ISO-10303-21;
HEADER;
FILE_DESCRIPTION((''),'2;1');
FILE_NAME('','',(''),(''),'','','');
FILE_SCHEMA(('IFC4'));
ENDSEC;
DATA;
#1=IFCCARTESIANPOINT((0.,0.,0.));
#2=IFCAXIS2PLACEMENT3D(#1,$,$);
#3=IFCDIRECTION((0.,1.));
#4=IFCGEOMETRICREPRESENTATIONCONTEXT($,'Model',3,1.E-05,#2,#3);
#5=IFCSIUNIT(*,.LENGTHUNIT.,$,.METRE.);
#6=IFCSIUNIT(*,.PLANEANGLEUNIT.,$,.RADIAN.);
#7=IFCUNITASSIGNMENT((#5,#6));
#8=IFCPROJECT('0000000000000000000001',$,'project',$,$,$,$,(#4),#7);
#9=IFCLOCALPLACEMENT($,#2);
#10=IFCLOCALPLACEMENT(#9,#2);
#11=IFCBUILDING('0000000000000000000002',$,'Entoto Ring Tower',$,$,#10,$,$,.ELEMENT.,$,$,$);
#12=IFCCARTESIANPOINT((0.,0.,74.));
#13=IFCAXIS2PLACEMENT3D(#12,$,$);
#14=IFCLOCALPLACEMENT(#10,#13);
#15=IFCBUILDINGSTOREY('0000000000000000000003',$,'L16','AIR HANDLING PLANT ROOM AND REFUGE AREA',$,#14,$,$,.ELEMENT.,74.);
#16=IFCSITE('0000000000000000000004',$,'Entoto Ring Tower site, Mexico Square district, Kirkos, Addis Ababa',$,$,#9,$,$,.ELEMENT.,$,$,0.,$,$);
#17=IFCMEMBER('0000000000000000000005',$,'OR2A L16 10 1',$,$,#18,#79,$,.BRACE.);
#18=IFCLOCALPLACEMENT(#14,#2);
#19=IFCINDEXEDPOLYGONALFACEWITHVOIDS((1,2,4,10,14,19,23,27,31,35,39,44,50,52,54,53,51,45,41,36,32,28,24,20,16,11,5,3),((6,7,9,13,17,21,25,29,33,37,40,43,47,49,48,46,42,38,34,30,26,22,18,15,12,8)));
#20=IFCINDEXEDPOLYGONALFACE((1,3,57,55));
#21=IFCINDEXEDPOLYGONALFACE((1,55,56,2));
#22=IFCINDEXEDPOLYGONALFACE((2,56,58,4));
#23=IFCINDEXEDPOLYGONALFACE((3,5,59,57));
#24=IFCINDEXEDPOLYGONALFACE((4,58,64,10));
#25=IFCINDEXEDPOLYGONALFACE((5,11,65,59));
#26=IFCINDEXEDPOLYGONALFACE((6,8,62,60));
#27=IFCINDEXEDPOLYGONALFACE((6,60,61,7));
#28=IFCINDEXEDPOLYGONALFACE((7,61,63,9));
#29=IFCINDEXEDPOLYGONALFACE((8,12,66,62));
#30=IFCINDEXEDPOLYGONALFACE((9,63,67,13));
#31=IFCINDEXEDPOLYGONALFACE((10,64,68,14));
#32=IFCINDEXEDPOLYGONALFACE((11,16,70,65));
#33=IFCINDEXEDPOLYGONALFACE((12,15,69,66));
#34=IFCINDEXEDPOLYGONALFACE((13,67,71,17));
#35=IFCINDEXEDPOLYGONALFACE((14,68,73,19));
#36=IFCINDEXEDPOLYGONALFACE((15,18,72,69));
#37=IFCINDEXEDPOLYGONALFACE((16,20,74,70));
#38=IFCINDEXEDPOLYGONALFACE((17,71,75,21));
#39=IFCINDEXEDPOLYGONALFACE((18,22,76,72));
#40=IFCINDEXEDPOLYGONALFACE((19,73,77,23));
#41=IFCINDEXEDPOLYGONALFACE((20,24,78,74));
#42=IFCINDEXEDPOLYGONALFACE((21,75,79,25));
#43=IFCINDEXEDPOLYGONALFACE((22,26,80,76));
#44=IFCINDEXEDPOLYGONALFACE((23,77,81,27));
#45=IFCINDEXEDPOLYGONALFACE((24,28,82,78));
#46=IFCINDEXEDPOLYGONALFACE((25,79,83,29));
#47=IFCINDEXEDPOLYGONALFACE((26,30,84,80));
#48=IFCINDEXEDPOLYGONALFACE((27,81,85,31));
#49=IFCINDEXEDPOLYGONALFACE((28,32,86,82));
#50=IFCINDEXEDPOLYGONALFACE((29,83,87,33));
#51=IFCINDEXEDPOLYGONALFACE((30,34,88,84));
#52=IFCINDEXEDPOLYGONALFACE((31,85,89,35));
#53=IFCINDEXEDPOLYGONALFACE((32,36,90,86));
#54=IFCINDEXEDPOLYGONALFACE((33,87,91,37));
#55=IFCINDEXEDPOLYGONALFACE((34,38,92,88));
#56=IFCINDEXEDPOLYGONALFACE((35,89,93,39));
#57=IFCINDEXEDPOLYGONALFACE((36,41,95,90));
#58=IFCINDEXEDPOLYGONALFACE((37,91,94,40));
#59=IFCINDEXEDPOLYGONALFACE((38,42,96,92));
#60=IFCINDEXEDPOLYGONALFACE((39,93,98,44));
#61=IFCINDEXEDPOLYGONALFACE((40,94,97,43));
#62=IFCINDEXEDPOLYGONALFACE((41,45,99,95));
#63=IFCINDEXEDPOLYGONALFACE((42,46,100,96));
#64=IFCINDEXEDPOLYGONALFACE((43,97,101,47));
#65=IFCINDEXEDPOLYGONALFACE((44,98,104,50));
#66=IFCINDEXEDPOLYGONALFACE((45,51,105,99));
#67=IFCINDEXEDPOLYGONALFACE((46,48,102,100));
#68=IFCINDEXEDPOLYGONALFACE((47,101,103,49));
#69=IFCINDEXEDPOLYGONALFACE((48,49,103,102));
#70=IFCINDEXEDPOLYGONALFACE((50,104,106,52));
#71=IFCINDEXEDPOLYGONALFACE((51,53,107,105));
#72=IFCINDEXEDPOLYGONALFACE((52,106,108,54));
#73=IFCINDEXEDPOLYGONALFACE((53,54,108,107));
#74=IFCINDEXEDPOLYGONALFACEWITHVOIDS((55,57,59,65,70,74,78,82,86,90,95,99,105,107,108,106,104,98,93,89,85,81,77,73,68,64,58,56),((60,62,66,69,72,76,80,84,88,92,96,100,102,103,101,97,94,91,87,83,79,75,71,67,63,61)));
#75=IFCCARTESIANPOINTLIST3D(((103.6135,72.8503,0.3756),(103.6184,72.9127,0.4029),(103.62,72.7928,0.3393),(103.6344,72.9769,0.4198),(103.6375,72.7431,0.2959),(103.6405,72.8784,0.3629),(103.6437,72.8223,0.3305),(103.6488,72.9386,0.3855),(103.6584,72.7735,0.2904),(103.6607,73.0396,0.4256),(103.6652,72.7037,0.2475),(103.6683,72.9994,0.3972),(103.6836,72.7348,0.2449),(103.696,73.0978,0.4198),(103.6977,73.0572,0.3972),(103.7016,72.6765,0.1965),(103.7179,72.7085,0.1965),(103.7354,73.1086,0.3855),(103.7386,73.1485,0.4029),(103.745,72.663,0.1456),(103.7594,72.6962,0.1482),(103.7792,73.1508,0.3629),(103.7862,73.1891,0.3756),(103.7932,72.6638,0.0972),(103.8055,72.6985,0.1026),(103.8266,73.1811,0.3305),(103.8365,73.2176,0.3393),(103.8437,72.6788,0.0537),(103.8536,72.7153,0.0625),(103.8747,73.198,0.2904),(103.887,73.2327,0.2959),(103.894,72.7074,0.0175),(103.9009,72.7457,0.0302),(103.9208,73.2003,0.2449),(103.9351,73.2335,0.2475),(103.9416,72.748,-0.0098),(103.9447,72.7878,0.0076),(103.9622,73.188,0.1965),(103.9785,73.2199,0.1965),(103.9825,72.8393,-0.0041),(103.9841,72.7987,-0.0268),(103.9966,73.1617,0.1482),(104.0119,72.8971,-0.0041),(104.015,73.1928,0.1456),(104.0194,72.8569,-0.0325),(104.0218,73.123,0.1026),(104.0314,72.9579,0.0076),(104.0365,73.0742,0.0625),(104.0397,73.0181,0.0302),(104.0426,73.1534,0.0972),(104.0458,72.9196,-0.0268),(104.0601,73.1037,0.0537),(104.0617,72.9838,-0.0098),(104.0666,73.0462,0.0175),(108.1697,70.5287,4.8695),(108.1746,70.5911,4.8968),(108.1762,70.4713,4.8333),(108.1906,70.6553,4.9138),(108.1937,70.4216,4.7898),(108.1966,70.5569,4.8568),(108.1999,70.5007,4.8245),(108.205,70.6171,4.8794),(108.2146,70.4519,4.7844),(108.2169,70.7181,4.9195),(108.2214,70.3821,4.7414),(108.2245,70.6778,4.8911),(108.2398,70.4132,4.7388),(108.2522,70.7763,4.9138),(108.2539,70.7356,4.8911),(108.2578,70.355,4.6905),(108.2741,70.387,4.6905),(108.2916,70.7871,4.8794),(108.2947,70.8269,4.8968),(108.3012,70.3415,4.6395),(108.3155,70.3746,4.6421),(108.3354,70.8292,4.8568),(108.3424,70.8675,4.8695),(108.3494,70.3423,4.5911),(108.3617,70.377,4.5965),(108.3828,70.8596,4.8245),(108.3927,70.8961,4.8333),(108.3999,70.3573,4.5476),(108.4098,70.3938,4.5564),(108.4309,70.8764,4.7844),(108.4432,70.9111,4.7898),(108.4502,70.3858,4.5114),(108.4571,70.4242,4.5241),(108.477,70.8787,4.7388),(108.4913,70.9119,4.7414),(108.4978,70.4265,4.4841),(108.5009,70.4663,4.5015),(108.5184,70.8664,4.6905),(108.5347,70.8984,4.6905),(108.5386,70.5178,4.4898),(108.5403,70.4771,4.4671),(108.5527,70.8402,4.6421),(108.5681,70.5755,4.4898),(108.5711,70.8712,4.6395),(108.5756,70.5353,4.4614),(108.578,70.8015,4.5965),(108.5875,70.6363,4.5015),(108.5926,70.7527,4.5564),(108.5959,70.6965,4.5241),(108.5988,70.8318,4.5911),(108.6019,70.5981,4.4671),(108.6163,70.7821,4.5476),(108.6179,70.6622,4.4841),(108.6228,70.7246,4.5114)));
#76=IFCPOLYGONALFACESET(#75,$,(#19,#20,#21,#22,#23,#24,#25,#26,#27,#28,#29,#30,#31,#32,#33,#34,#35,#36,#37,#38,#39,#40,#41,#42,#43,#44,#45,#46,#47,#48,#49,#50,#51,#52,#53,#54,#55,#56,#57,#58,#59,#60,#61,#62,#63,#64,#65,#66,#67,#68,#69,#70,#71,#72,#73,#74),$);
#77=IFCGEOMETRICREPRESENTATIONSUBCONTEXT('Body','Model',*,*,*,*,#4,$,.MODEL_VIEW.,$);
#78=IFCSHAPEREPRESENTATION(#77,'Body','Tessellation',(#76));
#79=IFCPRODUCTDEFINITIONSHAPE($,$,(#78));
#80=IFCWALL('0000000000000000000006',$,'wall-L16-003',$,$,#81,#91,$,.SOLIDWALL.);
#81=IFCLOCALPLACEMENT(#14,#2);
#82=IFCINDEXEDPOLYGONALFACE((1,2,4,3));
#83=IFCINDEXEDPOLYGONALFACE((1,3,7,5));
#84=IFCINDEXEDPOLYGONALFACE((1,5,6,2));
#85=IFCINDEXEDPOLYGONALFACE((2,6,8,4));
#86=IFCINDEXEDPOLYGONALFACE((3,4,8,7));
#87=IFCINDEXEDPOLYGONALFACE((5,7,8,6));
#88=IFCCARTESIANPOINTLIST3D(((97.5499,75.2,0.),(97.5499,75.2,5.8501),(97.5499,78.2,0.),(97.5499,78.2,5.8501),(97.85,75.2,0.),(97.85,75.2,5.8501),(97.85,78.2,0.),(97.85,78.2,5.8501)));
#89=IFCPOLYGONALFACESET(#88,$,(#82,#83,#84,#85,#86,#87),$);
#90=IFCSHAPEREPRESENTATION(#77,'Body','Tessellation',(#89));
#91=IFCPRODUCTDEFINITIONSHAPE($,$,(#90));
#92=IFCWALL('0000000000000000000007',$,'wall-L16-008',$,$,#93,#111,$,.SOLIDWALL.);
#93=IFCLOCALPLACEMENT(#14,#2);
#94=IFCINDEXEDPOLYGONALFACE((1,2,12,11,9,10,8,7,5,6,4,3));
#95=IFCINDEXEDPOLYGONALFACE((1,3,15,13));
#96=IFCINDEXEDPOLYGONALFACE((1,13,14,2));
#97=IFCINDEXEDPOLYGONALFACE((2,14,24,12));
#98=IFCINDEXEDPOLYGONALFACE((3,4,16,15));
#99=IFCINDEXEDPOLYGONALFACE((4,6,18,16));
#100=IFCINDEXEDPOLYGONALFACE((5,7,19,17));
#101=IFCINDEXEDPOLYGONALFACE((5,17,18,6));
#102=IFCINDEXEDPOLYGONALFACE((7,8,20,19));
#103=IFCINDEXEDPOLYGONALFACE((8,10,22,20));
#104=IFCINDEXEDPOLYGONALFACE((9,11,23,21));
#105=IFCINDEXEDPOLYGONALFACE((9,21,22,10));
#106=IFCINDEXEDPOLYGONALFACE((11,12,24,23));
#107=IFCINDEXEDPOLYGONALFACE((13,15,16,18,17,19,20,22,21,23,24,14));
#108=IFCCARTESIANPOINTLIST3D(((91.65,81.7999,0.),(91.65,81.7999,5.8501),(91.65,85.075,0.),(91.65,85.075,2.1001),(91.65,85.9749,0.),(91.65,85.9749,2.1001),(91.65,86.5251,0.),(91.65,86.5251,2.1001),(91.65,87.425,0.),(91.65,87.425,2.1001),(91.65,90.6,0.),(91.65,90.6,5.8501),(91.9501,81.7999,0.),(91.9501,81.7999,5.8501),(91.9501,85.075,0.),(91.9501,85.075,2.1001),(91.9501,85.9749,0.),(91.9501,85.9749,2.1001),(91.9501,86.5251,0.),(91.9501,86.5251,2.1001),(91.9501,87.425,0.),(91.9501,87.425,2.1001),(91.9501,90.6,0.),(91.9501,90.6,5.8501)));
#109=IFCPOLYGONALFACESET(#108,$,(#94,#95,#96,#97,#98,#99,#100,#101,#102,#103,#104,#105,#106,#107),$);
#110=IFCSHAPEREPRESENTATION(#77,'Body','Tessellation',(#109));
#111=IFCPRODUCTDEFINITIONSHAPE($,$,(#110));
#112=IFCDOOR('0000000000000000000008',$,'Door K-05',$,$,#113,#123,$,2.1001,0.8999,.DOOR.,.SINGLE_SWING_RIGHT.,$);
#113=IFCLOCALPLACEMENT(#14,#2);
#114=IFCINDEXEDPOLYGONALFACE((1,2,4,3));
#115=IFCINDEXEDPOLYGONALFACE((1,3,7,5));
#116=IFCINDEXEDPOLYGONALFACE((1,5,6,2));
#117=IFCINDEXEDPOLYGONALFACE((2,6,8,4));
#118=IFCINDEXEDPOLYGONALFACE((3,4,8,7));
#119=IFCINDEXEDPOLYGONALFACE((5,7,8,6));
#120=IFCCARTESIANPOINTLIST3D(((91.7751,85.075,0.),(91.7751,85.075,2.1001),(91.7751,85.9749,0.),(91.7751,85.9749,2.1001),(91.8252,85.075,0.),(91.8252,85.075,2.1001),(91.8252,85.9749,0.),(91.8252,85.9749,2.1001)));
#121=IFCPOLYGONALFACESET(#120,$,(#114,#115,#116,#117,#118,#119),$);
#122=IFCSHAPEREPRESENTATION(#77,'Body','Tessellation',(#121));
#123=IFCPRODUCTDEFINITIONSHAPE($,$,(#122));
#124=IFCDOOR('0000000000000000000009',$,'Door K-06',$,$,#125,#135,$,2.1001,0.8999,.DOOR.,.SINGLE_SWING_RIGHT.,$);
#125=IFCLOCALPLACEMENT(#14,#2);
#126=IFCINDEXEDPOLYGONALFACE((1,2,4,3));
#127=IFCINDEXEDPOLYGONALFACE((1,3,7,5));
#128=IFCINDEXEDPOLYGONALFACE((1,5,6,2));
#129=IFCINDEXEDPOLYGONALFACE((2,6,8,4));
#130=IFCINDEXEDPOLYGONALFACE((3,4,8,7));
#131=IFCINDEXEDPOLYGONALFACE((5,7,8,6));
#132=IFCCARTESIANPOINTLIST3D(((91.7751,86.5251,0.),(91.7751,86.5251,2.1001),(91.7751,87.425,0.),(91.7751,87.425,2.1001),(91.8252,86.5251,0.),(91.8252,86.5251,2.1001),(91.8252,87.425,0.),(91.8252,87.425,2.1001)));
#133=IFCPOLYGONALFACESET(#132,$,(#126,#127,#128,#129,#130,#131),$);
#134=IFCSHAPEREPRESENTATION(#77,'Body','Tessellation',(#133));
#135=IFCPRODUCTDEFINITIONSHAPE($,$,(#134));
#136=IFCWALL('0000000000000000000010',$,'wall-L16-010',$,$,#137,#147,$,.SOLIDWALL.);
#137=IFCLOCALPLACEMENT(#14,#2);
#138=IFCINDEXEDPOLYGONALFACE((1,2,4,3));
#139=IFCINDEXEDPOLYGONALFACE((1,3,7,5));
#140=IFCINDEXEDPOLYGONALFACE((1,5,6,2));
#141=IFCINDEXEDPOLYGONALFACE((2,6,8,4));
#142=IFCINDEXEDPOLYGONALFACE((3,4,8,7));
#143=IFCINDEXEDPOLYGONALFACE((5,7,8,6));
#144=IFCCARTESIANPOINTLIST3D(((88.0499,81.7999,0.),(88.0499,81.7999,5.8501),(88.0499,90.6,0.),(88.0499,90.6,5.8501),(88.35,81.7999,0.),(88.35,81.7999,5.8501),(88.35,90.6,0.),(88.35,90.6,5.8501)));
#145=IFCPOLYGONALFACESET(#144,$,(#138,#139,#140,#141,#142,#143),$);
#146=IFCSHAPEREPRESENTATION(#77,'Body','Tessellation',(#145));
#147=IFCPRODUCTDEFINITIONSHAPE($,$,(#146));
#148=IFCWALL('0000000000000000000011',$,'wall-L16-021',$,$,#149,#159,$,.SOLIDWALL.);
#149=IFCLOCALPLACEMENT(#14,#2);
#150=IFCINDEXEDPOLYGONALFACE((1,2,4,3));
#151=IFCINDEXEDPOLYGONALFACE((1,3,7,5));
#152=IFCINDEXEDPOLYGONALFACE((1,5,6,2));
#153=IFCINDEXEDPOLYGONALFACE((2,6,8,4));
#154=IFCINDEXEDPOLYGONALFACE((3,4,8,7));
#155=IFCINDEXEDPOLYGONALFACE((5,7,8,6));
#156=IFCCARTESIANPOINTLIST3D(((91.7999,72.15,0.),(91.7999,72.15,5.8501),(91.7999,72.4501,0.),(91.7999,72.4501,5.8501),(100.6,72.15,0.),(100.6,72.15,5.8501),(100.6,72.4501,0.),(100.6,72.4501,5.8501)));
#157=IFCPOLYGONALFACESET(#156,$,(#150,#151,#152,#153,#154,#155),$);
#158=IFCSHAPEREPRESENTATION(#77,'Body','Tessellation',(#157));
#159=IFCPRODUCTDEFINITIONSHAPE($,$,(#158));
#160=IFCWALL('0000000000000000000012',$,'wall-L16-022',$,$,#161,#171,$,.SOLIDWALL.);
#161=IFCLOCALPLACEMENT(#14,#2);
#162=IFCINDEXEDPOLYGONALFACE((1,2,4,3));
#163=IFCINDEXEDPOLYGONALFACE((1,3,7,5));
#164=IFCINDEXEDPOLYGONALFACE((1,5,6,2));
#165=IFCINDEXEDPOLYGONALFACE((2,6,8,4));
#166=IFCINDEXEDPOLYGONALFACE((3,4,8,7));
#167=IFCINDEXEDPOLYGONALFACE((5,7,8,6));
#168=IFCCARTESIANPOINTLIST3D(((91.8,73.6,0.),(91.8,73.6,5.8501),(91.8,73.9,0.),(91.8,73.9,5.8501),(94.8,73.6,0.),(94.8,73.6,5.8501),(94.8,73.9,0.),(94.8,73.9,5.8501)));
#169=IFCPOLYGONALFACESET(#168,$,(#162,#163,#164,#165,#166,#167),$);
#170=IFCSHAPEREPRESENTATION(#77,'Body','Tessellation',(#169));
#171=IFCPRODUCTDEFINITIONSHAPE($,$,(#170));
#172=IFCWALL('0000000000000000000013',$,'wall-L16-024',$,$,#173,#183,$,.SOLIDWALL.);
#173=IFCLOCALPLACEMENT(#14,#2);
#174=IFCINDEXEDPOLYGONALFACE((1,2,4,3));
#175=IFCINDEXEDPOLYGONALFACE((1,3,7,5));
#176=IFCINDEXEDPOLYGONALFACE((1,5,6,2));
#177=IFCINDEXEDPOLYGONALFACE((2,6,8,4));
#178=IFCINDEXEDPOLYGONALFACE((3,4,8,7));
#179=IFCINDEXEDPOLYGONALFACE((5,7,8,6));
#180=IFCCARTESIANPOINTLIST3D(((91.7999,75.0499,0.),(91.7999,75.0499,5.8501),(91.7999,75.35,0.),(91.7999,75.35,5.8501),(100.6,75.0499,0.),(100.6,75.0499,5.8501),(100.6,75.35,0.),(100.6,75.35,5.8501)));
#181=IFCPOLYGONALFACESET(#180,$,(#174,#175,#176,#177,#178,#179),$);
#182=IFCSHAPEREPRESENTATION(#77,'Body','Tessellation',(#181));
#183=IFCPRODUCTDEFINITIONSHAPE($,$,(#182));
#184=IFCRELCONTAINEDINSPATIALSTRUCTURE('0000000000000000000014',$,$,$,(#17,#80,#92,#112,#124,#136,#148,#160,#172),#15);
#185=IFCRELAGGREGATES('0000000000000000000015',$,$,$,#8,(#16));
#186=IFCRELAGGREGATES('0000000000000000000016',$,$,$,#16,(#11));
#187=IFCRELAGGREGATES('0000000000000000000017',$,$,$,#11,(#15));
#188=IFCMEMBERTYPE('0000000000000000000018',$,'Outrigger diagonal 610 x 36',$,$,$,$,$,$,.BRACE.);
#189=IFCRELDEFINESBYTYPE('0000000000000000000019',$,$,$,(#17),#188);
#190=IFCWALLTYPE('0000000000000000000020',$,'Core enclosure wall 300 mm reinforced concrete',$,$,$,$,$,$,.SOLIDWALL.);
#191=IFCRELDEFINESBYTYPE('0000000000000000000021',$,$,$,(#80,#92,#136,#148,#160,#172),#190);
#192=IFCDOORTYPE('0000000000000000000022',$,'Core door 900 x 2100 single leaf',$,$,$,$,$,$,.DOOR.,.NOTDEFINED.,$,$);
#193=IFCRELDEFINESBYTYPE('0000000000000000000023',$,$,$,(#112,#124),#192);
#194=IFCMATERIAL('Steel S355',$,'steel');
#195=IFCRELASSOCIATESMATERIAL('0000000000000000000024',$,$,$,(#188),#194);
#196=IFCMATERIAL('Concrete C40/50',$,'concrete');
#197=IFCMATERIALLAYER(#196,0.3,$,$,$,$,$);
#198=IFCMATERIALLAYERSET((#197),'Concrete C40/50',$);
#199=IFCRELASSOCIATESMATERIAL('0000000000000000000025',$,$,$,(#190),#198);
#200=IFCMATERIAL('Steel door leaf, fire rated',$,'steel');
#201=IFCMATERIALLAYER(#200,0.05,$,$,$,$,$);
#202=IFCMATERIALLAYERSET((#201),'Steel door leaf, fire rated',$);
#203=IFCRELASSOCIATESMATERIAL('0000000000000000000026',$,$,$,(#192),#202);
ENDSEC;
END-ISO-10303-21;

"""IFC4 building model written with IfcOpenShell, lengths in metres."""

from ifc_helpers import new_model, si_unit, direction, frame, frame_2d, origin, origin_2d, place, context, subcontext, project, spatial, rectangle, circle, hollow_circle, extrude, material, layer, layer_set, material_profile, profile_set, type_object, element, fill, save


model = new_model("IFC4")

# Units and contexts
model_context = context("Model", 3, precision=1e-05, world=origin(), true_north=direction((0.0, 1.0)))
body_context = subcontext(model_context, "Body", "Model", "MODEL_VIEW")
ifc_project = project(units=[si_unit("LENGTHUNIT", "METRE"), si_unit("PLANEANGLEUNIT", "RADIAN")], contexts=[model_context])

# Site, building, storey
site_placement = place(None, origin())
site = spatial("IfcSite", under=ifc_project, at=site_placement, Name="Entoto Ring Tower site, Mexico Square district, Kirkos, Addis Ababa", CompositionType="ELEMENT", RefElevation=0.0)
building_placement = place(site_placement, origin())
building = spatial("IfcBuilding", under=site, at=building_placement, Name="Entoto Ring Tower", CompositionType="ELEMENT")
storey_placement = place(building_placement, frame((0.0, 0.0, 74.0)))
storey = spatial("IfcBuildingStorey", under=building, at=storey_placement, Name="L16", Description="AIR HANDLING PLANT ROOM AND REFUGE AREA", CompositionType="ELEMENT", Elevation=74.0)

# Member
ifc_material_1 = material(Name="Steel S355", Category="steel")
ifc_material_profile_1 = material_profile(ifc_material_1, hollow_circle(Radius=0.3049, WallThickness=0.0359, at=origin_2d()), Name="CHS 610 x 36")
ifc_material_2 = material(Name="Concrete C60/75", Category="concrete")
ifc_material_profile_2 = material_profile(ifc_material_2, circle(Radius=0.269, at=origin_2d()), Name="Concrete C60/75 infill")
ifc_profile_set_1 = profile_set([ifc_material_profile_1, ifc_material_profile_2], Name="Steel S355")
member_type_1 = type_object("IfcMemberType", Name="Outrigger diagonal 610 x 36", PredefinedType="BRACE", material=ifc_profile_set_1)
member_1_placement = place(storey_placement, frame((103.8401, 72.9482, 0.1965), z_axis=(0.669276, -0.341022, 0.660131), x_axis=(0.453999, 0.891002, 0.0)))
element("IfcMember", 1, at=member_1_placement, inside=storey, type_object=member_type_1, Name="OR2A L16 10 1", PredefinedType="BRACE", context=body_context, shape_type="SweptSolid", body=[
    extrude(hollow_circle(Radius=0.3049, WallThickness=0.0359, at=origin_2d()), origin(), (0.0, 0.0, 1.0), 6.8076),
])

# Wall
ifc_material_3 = material(Name="Concrete C40/50", Category="concrete")
ifc_layer_1 = layer(ifc_material_3, 0.3)
ifc_layer_set_1 = layer_set([ifc_layer_1], Name="Concrete C40/50")
wall_type = type_object("IfcWallType", Name="Core enclosure wall 300 mm reinforced concrete", PredefinedType="SOLIDWALL", material=ifc_layer_set_1)
wall_1_placement = place(storey_placement, frame((97.7, 75.2, 0.0), z_axis=(0.0, 0.0, 1.0), x_axis=(0.0, 1.0, 0.0)))
element("IfcWall", 2, at=wall_1_placement, inside=storey, type_object=wall_type, Name="wall-L16-003", PredefinedType="SOLIDWALL", context=body_context, shape_type="SweptSolid", body=[
    extrude(rectangle(XDim=3.0, YDim=0.3, at=frame_2d((1.5, 0.0))), origin(), (0.0, 0.0, 1.0), 5.8501),
])

# Wall, openings, doors
wall_2_placement = place(storey_placement, frame((91.8, 81.8, 0.0), z_axis=(0.0, 0.0, 1.0), x_axis=(0.0, 1.0, 0.0)))
wall_2 = element("IfcWall", 3, at=wall_2_placement, inside=storey, type_object=wall_type, Name="wall-L16-008", PredefinedType="SOLIDWALL", context=body_context, shape_type="SweptSolid", body=[
    extrude(rectangle(XDim=8.8, YDim=0.3, at=frame_2d((4.3999, 0.0))), origin(), (0.0, 0.0, 1.0), 5.8501),
])
opening_1_placement = place(wall_2_placement, frame((3.2749, 0.0, 0.0)))
opening_1 = element("IfcOpeningElement", 4, at=opening_1_placement, cuts=wall_2, PredefinedType="OPENING", context=body_context, shape_type="SweptSolid", body=[
    extrude(rectangle(XDim=0.8999, YDim=2.1001, at=frame_2d((0.45, 1.05))), frame((0.0, 0.1602, 0.0), z_axis=(0.0, -1.0, 0.0), x_axis=(1.0, 0.0, 0.0)), (0.0, 0.0, 1.0), 0.3201),
])
opening_2_placement = place(wall_2_placement, frame((4.7251, 0.0, 0.0)))
opening_2 = element("IfcOpeningElement", 5, at=opening_2_placement, cuts=wall_2, PredefinedType="OPENING", context=body_context, shape_type="SweptSolid", body=[
    extrude(rectangle(XDim=0.8999, YDim=2.1001, at=frame_2d((0.45, 1.05))), frame((0.0, 0.1602, 0.0), z_axis=(0.0, -1.0, 0.0), x_axis=(1.0, 0.0, 0.0)), (0.0, 0.0, 1.0), 0.3201),
])
ifc_material_4 = material(Name="Steel door leaf, fire rated", Category="steel")
ifc_layer_2 = layer(ifc_material_4, 0.05)
ifc_layer_set_2 = layer_set([ifc_layer_2], Name="Steel door leaf, fire rated")
door_type = type_object("IfcDoorType", Name="Core door 900 x 2100 single leaf", OperationType="NOTDEFINED", PredefinedType="DOOR", material=ifc_layer_set_2)
door_1_placement = place(opening_1_placement, origin())
door_1 = element("IfcDoor", 6, at=door_1_placement, inside=storey, type_object=door_type, Name="Door K-05", OperationType="SINGLE_SWING_RIGHT", OverallHeight=2.1001, OverallWidth=0.8999, PredefinedType="DOOR", context=body_context, shape_type="SweptSolid", body=[
    extrude(rectangle(XDim=0.8999, YDim=2.1001, at=frame_2d((0.45, 1.05))), frame((0.0, 0.0249, 0.0), z_axis=(0.0, -1.0, 0.0), x_axis=(1.0, 0.0, 0.0)), (0.0, 0.0, 1.0), 0.05),
])
fill(opening_1, door_1)
door_2_placement = place(opening_2_placement, origin())
door_2 = element("IfcDoor", 7, at=door_2_placement, inside=storey, type_object=door_type, Name="Door K-06", OperationType="SINGLE_SWING_RIGHT", OverallHeight=2.1001, OverallWidth=0.8999, PredefinedType="DOOR", context=body_context, shape_type="SweptSolid", body=[
    extrude(rectangle(XDim=0.8999, YDim=2.1001, at=frame_2d((0.45, 1.05))), frame((0.0, 0.0249, 0.0), z_axis=(0.0, -1.0, 0.0), x_axis=(1.0, 0.0, 0.0)), (0.0, 0.0, 1.0), 0.05),
])
fill(opening_2, door_2)

# Walls
for number, where, z_axis, x_axis, name in (
    (8, (88.2, 81.8, 0.0), (0.0, 0.0, 1.0), (0.0, 1.0, 0.0), "wall-L16-010"),
    (9, (91.8, 72.3, 0.0), (0.0, 0.0, 1.0), (1.0, 0.0, 0.0), "wall-L16-021"),
):
    element("IfcWall", number, at=place(storey_placement, frame(where, z_axis=z_axis, x_axis=x_axis)), inside=storey, type_object=wall_type, Name=name, PredefinedType="SOLIDWALL", context=body_context, shape_type="SweptSolid", body=[
        extrude(rectangle(XDim=8.8, YDim=0.3, at=frame_2d((4.3999, 0.0))), origin(), (0.0, 0.0, 1.0), 5.8501),
    ])
wall_3_placement = place(storey_placement, frame((91.8, 73.75, 0.0), z_axis=(0.0, 0.0, 1.0), x_axis=(1.0, 0.0, 0.0)))
element("IfcWall", 10, at=wall_3_placement, inside=storey, type_object=wall_type, Name="wall-L16-022", PredefinedType="SOLIDWALL", context=body_context, shape_type="SweptSolid", body=[
    extrude(rectangle(XDim=3.0, YDim=0.3, at=frame_2d((1.5, 0.0))), origin(), (0.0, 0.0, 1.0), 5.8501),
])
wall_4_placement = place(storey_placement, frame((91.8, 75.2, 0.0), z_axis=(0.0, 0.0, 1.0), x_axis=(1.0, 0.0, 0.0)))
element("IfcWall", 11, at=wall_4_placement, inside=storey, type_object=wall_type, Name="wall-L16-024", PredefinedType="SOLIDWALL", context=body_context, shape_type="SweptSolid", body=[
    extrude(rectangle(XDim=8.8, YDim=0.3, at=frame_2d((4.3999, 0.0))), origin(), (0.0, 0.0, 1.0), 5.8501),
])

save(model, "model.ifc")
